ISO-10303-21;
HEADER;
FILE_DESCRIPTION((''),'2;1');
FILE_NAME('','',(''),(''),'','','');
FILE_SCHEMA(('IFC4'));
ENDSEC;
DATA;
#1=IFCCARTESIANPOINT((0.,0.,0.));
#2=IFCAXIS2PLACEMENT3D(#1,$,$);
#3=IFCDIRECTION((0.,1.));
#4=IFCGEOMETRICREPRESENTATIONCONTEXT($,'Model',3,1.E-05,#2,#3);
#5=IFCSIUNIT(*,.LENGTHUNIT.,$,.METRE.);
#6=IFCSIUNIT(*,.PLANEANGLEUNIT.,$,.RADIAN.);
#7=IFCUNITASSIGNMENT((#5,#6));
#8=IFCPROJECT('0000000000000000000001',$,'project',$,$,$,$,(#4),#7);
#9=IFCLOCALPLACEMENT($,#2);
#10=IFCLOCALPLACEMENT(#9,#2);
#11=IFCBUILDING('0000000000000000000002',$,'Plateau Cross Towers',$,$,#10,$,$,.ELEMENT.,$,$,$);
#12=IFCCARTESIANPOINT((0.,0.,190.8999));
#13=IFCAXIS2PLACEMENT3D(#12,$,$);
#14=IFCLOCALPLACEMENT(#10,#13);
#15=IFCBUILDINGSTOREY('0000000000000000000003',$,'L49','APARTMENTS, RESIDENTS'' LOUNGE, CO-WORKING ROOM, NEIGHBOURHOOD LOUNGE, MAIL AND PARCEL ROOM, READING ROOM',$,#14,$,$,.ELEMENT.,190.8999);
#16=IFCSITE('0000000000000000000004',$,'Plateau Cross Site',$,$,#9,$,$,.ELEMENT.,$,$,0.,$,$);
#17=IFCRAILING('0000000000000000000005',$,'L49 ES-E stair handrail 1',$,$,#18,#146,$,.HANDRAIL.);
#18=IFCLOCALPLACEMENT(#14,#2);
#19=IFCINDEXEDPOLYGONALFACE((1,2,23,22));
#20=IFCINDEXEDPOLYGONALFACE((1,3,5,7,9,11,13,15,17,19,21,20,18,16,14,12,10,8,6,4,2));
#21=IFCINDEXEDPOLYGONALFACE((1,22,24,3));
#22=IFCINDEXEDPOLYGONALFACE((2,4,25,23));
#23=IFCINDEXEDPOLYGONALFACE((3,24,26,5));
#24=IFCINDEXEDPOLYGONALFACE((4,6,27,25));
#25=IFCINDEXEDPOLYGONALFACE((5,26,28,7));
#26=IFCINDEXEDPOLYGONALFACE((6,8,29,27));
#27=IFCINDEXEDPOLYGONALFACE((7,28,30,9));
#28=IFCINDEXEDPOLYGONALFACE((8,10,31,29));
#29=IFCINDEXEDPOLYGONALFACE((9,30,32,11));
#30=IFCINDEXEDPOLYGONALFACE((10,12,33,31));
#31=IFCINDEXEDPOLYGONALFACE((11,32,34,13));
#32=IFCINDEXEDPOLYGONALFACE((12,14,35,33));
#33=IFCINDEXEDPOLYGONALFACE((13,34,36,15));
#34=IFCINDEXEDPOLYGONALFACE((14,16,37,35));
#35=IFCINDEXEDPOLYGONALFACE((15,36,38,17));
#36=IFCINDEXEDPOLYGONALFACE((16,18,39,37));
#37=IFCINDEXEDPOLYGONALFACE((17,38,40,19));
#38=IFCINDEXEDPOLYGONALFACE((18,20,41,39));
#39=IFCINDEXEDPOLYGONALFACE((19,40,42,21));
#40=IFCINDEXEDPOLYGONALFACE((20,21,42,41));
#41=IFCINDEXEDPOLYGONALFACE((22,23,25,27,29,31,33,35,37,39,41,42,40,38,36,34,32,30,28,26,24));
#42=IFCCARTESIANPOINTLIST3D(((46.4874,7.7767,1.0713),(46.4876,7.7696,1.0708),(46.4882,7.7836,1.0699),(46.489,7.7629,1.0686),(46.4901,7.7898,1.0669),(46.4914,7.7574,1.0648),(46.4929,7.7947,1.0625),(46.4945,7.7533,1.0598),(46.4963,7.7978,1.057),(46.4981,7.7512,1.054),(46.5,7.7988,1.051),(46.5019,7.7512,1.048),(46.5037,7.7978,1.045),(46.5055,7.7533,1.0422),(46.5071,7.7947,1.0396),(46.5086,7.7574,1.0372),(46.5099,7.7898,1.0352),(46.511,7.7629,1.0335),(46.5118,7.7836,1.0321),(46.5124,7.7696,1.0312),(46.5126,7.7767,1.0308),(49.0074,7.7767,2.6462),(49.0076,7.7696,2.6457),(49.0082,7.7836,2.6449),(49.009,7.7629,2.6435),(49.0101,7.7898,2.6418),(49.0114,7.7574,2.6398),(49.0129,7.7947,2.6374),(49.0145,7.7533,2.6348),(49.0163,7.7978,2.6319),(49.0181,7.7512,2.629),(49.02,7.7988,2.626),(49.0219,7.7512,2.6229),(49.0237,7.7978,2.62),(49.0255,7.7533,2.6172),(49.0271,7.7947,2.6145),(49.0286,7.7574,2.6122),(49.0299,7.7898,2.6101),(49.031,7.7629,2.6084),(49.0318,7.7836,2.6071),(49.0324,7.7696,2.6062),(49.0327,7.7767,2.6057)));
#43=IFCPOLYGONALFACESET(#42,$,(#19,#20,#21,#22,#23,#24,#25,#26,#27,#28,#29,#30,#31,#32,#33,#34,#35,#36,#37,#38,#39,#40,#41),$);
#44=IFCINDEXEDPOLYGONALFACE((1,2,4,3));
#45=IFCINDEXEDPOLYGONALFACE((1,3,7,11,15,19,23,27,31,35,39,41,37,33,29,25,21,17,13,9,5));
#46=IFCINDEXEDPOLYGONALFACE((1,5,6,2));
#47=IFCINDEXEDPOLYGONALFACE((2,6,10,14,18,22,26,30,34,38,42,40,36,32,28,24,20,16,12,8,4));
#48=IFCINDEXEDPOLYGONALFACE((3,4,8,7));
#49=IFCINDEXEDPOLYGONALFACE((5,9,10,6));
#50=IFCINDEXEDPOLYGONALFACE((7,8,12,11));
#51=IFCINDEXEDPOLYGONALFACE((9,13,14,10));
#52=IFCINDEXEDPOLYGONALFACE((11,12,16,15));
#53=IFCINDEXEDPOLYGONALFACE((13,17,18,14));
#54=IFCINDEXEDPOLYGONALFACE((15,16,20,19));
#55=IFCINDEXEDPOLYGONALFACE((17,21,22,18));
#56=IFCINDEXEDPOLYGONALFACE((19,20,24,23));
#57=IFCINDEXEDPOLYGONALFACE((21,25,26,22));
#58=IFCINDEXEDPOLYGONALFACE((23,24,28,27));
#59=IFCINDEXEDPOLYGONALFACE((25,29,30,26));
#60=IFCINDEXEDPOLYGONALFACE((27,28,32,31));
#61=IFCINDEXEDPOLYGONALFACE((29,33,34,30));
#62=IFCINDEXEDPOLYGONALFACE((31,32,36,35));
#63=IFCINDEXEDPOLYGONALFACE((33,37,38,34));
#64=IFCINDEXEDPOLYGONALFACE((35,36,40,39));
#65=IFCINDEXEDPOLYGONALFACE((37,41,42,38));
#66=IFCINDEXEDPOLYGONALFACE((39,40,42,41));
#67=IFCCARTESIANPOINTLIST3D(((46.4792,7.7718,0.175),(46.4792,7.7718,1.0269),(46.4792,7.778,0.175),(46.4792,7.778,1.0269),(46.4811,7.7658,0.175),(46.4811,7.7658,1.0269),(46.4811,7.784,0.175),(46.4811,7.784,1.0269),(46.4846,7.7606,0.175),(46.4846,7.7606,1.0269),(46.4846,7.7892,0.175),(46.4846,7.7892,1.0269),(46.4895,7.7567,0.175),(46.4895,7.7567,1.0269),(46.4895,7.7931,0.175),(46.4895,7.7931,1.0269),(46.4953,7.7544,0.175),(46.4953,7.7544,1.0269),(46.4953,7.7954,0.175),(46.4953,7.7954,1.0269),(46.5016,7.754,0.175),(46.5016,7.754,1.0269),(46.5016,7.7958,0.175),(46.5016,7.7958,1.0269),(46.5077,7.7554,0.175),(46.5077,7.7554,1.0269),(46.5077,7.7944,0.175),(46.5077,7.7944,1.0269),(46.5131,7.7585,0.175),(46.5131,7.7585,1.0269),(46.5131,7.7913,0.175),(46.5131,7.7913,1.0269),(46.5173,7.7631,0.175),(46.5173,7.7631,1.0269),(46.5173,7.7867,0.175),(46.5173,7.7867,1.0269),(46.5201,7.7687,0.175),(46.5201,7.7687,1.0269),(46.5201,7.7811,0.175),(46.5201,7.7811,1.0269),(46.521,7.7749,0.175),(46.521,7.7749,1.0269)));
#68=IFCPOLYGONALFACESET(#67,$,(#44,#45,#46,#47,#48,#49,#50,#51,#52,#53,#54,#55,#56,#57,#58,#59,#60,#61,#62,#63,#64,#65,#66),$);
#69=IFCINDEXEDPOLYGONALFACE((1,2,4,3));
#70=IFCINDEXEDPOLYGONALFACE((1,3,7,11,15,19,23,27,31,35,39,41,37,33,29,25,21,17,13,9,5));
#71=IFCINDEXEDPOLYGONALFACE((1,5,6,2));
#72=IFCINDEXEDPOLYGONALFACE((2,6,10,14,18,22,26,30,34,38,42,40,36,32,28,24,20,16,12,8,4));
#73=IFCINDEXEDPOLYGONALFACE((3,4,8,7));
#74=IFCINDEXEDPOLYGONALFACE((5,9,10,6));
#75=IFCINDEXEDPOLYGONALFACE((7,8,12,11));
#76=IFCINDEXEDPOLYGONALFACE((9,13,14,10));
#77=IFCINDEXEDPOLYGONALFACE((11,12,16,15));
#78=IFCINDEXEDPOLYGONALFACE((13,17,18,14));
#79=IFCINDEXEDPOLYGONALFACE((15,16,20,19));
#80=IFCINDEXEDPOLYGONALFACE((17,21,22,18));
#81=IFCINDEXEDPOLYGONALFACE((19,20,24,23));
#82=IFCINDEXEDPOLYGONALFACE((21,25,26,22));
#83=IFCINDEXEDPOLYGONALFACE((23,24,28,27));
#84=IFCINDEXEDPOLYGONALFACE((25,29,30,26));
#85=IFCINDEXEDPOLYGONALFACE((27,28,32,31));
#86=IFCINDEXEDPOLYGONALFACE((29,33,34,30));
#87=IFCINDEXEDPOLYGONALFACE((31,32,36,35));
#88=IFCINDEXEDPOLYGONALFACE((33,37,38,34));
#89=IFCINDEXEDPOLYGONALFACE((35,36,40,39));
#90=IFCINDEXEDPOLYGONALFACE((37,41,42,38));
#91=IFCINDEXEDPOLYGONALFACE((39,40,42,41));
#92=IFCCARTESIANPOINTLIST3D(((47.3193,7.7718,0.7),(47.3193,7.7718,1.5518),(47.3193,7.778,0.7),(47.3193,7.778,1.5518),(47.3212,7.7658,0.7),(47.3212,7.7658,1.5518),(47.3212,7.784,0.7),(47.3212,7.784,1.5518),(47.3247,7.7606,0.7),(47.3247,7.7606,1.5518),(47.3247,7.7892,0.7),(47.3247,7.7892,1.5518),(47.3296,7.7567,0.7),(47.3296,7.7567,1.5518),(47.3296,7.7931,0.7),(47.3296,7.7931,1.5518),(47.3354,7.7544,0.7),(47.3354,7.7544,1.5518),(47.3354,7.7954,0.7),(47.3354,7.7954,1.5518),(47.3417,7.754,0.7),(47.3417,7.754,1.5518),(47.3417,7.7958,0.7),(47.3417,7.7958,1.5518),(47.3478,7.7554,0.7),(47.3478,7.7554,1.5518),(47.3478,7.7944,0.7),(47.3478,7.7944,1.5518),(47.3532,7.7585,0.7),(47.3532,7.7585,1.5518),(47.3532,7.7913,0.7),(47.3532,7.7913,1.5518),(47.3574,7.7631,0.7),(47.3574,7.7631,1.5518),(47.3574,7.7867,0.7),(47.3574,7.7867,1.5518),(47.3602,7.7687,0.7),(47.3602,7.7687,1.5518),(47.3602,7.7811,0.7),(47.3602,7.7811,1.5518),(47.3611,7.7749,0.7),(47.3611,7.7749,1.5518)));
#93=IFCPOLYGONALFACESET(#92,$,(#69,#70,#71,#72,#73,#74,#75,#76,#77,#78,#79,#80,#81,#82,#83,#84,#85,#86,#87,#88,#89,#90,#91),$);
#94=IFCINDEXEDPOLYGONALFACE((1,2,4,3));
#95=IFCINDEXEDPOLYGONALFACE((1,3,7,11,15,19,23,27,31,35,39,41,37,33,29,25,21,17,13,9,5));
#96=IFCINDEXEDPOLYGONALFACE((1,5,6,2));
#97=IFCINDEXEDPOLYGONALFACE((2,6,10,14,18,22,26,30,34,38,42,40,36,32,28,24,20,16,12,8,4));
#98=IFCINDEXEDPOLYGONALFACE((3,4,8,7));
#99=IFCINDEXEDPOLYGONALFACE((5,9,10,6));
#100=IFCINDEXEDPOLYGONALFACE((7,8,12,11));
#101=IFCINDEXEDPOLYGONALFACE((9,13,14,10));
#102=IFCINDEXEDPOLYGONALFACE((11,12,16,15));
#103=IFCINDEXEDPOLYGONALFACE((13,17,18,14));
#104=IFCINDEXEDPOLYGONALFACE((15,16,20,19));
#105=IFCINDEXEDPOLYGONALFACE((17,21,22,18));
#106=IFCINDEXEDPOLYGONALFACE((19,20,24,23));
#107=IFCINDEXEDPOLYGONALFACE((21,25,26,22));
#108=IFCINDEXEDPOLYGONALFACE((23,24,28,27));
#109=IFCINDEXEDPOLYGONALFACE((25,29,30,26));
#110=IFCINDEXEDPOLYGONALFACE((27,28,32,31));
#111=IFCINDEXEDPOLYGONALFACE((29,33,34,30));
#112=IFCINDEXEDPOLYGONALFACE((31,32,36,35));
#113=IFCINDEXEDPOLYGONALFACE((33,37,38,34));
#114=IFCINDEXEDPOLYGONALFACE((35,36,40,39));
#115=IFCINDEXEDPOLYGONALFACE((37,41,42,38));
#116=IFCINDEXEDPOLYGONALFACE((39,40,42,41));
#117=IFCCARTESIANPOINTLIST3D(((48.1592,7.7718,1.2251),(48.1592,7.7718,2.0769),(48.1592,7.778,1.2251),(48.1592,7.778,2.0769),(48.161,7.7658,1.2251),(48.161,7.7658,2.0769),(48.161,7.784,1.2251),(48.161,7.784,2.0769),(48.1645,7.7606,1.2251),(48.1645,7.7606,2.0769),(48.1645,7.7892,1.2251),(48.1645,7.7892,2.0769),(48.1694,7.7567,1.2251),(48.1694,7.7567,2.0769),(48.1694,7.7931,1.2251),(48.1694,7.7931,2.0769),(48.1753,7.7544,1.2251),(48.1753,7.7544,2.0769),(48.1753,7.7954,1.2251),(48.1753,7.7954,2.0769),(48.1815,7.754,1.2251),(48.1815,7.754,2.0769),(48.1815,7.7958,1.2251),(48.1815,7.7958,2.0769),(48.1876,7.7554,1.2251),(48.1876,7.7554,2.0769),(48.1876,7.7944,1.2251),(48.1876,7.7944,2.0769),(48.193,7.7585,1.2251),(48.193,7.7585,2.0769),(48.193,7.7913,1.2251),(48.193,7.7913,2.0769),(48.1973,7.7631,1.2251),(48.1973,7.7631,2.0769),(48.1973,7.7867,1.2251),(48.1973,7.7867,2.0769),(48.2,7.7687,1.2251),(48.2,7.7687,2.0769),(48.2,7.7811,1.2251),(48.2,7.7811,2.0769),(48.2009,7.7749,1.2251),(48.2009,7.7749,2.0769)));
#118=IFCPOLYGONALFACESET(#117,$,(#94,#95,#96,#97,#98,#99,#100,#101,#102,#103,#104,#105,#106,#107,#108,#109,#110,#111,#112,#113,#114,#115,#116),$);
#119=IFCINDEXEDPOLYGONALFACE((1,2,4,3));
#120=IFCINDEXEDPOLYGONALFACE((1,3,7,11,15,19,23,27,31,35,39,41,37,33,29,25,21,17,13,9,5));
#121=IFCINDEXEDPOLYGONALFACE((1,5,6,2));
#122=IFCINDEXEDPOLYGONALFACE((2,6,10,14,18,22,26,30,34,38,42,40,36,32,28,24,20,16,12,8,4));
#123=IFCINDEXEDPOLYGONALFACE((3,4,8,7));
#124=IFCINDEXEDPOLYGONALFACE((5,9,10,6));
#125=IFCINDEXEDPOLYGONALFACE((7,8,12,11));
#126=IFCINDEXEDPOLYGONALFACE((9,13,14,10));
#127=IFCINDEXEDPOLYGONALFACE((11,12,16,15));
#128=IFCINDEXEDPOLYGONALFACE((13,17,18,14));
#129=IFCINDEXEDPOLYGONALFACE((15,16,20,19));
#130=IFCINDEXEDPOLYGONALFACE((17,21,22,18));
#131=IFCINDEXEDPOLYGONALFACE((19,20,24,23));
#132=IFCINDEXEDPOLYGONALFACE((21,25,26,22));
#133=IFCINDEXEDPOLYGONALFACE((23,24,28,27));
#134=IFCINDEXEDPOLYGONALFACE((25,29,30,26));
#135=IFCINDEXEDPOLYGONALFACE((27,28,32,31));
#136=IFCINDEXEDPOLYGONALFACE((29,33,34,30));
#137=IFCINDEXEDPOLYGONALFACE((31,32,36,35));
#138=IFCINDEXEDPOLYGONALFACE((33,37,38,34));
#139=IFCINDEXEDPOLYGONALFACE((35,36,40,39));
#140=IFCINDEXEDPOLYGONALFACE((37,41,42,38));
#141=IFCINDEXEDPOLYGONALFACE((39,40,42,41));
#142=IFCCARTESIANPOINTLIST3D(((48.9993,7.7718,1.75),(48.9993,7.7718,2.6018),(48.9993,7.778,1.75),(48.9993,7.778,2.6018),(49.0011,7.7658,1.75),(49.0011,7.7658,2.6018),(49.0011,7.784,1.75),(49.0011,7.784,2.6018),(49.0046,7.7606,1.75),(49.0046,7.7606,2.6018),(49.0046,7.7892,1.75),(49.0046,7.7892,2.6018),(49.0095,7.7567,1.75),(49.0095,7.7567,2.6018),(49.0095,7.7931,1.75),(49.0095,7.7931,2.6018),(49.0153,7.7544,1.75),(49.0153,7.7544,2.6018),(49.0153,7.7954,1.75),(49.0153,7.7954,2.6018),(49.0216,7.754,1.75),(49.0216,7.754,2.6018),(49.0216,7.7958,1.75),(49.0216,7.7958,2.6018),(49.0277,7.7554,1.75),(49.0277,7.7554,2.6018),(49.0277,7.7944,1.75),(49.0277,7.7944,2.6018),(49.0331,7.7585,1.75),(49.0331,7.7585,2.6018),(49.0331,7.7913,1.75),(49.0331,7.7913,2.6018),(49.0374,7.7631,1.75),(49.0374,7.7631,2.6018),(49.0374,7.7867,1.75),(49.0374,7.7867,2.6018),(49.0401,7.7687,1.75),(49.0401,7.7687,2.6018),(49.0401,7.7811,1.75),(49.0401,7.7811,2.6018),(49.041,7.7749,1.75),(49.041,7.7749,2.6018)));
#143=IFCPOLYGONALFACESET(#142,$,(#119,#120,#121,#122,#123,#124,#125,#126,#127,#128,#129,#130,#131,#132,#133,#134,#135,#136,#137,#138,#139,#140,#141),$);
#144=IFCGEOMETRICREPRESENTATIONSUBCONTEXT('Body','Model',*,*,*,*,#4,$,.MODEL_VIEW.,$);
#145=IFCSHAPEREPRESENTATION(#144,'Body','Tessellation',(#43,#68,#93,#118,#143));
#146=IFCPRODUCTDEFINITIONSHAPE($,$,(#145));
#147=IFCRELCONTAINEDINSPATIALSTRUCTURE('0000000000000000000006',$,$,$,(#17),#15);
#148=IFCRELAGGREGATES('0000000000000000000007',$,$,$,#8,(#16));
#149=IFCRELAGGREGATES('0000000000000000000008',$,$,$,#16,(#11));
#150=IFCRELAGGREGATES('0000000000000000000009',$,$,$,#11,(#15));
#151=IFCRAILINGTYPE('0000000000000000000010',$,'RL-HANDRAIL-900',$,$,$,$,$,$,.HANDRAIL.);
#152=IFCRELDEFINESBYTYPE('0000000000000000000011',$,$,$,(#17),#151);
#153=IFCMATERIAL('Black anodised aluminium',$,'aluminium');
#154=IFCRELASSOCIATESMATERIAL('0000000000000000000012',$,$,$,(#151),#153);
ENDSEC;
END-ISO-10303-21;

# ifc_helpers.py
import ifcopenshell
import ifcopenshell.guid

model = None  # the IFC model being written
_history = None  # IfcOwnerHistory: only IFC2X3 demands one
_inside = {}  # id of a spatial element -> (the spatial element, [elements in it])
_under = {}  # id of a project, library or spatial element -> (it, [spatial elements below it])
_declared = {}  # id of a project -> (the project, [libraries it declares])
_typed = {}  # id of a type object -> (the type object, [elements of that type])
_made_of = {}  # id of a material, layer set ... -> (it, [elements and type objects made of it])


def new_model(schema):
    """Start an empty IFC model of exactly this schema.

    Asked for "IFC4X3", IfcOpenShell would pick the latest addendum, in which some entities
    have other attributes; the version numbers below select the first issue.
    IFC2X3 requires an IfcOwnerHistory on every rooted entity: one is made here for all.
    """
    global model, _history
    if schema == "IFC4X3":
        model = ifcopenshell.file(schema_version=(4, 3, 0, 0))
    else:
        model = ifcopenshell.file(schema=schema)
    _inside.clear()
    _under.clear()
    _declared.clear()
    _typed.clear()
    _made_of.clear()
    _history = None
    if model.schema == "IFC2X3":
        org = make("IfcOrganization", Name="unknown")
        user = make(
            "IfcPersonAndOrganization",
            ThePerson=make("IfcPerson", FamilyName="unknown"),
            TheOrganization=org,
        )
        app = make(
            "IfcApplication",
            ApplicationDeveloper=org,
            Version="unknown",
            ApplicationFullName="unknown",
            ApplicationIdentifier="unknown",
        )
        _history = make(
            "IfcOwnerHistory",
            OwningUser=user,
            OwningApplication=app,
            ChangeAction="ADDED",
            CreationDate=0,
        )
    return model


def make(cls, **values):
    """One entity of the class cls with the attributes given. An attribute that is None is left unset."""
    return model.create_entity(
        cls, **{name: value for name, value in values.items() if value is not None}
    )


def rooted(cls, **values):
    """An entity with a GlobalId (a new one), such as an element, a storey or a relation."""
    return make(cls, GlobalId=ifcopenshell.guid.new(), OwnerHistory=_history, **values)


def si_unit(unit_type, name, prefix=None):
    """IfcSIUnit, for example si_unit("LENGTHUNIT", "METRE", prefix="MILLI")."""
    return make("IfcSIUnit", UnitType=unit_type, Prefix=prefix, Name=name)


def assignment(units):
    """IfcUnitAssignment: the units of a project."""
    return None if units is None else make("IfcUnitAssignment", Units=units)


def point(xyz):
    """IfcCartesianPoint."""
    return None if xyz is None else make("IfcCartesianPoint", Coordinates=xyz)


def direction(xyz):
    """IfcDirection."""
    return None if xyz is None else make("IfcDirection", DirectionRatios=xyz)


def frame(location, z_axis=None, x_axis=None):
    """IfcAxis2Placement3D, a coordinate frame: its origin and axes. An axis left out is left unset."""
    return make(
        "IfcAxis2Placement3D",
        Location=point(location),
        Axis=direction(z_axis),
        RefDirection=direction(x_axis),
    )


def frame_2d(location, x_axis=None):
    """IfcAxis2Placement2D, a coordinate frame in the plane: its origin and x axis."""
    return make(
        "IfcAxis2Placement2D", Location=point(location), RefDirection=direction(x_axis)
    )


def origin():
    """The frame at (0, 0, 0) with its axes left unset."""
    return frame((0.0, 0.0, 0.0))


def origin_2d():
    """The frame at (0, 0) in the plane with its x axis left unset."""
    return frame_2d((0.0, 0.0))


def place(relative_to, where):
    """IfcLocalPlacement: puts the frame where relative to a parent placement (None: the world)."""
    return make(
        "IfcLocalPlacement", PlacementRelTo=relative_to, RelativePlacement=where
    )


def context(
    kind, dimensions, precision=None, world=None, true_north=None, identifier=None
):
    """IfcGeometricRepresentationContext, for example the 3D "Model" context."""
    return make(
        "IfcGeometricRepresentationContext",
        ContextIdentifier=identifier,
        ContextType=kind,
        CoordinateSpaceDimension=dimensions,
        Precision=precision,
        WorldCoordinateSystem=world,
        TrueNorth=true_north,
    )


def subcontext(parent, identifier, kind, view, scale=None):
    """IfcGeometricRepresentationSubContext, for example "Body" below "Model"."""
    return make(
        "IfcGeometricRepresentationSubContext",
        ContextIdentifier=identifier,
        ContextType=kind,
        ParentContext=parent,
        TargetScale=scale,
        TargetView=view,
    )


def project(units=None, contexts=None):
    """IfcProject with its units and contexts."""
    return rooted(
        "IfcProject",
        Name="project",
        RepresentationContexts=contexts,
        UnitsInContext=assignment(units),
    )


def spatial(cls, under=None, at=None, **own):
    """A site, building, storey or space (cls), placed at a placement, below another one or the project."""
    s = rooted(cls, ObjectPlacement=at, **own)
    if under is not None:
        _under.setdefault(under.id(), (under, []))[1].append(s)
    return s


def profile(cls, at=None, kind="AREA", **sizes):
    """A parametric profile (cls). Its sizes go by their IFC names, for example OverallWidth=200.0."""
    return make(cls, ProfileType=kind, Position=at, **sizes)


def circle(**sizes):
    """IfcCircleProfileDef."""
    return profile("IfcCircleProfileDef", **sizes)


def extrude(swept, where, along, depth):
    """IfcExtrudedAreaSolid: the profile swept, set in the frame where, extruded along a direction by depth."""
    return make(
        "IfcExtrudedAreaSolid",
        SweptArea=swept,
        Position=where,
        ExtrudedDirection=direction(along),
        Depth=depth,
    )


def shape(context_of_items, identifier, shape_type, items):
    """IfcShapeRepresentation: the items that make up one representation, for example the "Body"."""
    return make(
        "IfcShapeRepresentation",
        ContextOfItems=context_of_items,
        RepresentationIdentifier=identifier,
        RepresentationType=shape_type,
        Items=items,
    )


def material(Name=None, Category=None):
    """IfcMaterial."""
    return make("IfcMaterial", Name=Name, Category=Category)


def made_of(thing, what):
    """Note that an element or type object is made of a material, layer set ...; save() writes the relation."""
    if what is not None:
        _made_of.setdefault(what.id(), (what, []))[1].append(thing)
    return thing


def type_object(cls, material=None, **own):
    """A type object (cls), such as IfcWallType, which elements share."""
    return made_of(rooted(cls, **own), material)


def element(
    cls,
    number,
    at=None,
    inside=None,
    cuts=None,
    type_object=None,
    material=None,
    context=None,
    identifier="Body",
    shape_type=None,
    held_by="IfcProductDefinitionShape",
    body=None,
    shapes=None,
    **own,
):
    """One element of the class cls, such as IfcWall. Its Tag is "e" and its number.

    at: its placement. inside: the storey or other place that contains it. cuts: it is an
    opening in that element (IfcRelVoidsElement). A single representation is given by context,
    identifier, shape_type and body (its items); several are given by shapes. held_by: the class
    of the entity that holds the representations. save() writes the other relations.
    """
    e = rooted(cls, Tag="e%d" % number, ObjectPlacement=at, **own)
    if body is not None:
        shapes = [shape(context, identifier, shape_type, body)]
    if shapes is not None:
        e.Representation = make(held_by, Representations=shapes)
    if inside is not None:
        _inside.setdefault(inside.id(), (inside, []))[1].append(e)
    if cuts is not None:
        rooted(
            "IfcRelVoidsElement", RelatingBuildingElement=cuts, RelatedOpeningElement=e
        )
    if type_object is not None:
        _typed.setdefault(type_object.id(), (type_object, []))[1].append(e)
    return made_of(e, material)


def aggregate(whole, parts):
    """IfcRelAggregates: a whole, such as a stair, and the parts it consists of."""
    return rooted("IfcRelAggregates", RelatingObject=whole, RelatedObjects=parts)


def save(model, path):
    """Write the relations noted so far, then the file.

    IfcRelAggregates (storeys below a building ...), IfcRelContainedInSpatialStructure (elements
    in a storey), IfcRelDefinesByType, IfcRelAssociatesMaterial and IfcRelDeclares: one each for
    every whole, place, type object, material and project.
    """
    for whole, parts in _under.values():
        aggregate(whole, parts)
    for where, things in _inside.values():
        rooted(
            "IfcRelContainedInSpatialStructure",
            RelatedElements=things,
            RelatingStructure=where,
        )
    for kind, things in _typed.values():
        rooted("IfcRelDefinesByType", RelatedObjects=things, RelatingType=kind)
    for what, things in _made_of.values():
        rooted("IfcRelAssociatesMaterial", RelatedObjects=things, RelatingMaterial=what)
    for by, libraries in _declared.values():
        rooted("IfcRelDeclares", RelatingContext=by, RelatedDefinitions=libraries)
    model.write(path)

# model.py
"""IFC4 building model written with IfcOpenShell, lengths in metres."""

from ifc_helpers import new_model, si_unit, direction, frame, origin, origin_2d, place, context, subcontext, project, spatial, circle, extrude, material, type_object, element, save


model = new_model("IFC4")

# Units and contexts
model_context = context("Model", 3, precision=1e-05, world=origin(), true_north=direction((0.0, 1.0)))
body_context = subcontext(model_context, "Body", "Model", "MODEL_VIEW")
ifc_project = project(units=[si_unit("LENGTHUNIT", "METRE"), si_unit("PLANEANGLEUNIT", "RADIAN")], contexts=[model_context])

# Site, building, storey
site_placement = place(None, origin())
site = spatial("IfcSite", under=ifc_project, at=site_placement, Name="Plateau Cross Site", CompositionType="ELEMENT", RefElevation=0.0)
building_placement = place(site_placement, origin())
building = spatial("IfcBuilding", under=site, at=building_placement, Name="Plateau Cross Towers", CompositionType="ELEMENT")
storey_placement = place(building_placement, frame((0.0, 0.0, 190.8999)))
storey = spatial("IfcBuildingStorey", under=building, at=storey_placement, Name="L49", Description="APARTMENTS, RESIDENTS' LOUNGE, CO-WORKING ROOM, NEIGHBOURHOOD LOUNGE, MAIL AND PARCEL ROOM, READING ROOM", CompositionType="ELEMENT", Elevation=190.8999)

# Shared definitions
ifc_material_1 = material(Name="Black anodised aluminium", Category="aluminium")

# Railing
railing_type_1 = type_object("IfcRailingType", Name="RL-HANDRAIL-900", PredefinedType="HANDRAIL", material=ifc_material_1)
railing_1_placement = place(storey_placement, frame((46.5, 7.7749, 0.175)))
element("IfcRailing", 1, at=railing_1_placement, inside=storey, type_object=railing_type_1, Name="L49 ES-E stair handrail 1", PredefinedType="HANDRAIL", context=body_context, shape_type="SweptSolid", body=[
    extrude(circle(Radius=0.0239, at=origin_2d()), frame((0.0, 0.0, 0.876), z_axis=(0.848008, 0.0, 0.529984), x_axis=(0.0, 1.0, 0.0)), (0.0, 0.0, 1.0), 2.9717),
    extrude(circle(Radius=0.021, at=origin_2d()), origin(), (0.0, 0.0, 1.0), 0.8518),
    extrude(circle(Radius=0.021, at=origin_2d()), frame((0.8401, 0.0, 0.5249)), (0.0, 0.0, 1.0), 0.8518),
    extrude(circle(Radius=0.021, at=origin_2d()), frame((1.6799, 0.0, 1.05)), (0.0, 0.0, 1.0), 0.8518),
    extrude(circle(Radius=0.021, at=origin_2d()), frame((2.52, 0.0, 1.575)), (0.0, 0.0, 1.0), 0.8518),
])

save(model, "model.ifc")
